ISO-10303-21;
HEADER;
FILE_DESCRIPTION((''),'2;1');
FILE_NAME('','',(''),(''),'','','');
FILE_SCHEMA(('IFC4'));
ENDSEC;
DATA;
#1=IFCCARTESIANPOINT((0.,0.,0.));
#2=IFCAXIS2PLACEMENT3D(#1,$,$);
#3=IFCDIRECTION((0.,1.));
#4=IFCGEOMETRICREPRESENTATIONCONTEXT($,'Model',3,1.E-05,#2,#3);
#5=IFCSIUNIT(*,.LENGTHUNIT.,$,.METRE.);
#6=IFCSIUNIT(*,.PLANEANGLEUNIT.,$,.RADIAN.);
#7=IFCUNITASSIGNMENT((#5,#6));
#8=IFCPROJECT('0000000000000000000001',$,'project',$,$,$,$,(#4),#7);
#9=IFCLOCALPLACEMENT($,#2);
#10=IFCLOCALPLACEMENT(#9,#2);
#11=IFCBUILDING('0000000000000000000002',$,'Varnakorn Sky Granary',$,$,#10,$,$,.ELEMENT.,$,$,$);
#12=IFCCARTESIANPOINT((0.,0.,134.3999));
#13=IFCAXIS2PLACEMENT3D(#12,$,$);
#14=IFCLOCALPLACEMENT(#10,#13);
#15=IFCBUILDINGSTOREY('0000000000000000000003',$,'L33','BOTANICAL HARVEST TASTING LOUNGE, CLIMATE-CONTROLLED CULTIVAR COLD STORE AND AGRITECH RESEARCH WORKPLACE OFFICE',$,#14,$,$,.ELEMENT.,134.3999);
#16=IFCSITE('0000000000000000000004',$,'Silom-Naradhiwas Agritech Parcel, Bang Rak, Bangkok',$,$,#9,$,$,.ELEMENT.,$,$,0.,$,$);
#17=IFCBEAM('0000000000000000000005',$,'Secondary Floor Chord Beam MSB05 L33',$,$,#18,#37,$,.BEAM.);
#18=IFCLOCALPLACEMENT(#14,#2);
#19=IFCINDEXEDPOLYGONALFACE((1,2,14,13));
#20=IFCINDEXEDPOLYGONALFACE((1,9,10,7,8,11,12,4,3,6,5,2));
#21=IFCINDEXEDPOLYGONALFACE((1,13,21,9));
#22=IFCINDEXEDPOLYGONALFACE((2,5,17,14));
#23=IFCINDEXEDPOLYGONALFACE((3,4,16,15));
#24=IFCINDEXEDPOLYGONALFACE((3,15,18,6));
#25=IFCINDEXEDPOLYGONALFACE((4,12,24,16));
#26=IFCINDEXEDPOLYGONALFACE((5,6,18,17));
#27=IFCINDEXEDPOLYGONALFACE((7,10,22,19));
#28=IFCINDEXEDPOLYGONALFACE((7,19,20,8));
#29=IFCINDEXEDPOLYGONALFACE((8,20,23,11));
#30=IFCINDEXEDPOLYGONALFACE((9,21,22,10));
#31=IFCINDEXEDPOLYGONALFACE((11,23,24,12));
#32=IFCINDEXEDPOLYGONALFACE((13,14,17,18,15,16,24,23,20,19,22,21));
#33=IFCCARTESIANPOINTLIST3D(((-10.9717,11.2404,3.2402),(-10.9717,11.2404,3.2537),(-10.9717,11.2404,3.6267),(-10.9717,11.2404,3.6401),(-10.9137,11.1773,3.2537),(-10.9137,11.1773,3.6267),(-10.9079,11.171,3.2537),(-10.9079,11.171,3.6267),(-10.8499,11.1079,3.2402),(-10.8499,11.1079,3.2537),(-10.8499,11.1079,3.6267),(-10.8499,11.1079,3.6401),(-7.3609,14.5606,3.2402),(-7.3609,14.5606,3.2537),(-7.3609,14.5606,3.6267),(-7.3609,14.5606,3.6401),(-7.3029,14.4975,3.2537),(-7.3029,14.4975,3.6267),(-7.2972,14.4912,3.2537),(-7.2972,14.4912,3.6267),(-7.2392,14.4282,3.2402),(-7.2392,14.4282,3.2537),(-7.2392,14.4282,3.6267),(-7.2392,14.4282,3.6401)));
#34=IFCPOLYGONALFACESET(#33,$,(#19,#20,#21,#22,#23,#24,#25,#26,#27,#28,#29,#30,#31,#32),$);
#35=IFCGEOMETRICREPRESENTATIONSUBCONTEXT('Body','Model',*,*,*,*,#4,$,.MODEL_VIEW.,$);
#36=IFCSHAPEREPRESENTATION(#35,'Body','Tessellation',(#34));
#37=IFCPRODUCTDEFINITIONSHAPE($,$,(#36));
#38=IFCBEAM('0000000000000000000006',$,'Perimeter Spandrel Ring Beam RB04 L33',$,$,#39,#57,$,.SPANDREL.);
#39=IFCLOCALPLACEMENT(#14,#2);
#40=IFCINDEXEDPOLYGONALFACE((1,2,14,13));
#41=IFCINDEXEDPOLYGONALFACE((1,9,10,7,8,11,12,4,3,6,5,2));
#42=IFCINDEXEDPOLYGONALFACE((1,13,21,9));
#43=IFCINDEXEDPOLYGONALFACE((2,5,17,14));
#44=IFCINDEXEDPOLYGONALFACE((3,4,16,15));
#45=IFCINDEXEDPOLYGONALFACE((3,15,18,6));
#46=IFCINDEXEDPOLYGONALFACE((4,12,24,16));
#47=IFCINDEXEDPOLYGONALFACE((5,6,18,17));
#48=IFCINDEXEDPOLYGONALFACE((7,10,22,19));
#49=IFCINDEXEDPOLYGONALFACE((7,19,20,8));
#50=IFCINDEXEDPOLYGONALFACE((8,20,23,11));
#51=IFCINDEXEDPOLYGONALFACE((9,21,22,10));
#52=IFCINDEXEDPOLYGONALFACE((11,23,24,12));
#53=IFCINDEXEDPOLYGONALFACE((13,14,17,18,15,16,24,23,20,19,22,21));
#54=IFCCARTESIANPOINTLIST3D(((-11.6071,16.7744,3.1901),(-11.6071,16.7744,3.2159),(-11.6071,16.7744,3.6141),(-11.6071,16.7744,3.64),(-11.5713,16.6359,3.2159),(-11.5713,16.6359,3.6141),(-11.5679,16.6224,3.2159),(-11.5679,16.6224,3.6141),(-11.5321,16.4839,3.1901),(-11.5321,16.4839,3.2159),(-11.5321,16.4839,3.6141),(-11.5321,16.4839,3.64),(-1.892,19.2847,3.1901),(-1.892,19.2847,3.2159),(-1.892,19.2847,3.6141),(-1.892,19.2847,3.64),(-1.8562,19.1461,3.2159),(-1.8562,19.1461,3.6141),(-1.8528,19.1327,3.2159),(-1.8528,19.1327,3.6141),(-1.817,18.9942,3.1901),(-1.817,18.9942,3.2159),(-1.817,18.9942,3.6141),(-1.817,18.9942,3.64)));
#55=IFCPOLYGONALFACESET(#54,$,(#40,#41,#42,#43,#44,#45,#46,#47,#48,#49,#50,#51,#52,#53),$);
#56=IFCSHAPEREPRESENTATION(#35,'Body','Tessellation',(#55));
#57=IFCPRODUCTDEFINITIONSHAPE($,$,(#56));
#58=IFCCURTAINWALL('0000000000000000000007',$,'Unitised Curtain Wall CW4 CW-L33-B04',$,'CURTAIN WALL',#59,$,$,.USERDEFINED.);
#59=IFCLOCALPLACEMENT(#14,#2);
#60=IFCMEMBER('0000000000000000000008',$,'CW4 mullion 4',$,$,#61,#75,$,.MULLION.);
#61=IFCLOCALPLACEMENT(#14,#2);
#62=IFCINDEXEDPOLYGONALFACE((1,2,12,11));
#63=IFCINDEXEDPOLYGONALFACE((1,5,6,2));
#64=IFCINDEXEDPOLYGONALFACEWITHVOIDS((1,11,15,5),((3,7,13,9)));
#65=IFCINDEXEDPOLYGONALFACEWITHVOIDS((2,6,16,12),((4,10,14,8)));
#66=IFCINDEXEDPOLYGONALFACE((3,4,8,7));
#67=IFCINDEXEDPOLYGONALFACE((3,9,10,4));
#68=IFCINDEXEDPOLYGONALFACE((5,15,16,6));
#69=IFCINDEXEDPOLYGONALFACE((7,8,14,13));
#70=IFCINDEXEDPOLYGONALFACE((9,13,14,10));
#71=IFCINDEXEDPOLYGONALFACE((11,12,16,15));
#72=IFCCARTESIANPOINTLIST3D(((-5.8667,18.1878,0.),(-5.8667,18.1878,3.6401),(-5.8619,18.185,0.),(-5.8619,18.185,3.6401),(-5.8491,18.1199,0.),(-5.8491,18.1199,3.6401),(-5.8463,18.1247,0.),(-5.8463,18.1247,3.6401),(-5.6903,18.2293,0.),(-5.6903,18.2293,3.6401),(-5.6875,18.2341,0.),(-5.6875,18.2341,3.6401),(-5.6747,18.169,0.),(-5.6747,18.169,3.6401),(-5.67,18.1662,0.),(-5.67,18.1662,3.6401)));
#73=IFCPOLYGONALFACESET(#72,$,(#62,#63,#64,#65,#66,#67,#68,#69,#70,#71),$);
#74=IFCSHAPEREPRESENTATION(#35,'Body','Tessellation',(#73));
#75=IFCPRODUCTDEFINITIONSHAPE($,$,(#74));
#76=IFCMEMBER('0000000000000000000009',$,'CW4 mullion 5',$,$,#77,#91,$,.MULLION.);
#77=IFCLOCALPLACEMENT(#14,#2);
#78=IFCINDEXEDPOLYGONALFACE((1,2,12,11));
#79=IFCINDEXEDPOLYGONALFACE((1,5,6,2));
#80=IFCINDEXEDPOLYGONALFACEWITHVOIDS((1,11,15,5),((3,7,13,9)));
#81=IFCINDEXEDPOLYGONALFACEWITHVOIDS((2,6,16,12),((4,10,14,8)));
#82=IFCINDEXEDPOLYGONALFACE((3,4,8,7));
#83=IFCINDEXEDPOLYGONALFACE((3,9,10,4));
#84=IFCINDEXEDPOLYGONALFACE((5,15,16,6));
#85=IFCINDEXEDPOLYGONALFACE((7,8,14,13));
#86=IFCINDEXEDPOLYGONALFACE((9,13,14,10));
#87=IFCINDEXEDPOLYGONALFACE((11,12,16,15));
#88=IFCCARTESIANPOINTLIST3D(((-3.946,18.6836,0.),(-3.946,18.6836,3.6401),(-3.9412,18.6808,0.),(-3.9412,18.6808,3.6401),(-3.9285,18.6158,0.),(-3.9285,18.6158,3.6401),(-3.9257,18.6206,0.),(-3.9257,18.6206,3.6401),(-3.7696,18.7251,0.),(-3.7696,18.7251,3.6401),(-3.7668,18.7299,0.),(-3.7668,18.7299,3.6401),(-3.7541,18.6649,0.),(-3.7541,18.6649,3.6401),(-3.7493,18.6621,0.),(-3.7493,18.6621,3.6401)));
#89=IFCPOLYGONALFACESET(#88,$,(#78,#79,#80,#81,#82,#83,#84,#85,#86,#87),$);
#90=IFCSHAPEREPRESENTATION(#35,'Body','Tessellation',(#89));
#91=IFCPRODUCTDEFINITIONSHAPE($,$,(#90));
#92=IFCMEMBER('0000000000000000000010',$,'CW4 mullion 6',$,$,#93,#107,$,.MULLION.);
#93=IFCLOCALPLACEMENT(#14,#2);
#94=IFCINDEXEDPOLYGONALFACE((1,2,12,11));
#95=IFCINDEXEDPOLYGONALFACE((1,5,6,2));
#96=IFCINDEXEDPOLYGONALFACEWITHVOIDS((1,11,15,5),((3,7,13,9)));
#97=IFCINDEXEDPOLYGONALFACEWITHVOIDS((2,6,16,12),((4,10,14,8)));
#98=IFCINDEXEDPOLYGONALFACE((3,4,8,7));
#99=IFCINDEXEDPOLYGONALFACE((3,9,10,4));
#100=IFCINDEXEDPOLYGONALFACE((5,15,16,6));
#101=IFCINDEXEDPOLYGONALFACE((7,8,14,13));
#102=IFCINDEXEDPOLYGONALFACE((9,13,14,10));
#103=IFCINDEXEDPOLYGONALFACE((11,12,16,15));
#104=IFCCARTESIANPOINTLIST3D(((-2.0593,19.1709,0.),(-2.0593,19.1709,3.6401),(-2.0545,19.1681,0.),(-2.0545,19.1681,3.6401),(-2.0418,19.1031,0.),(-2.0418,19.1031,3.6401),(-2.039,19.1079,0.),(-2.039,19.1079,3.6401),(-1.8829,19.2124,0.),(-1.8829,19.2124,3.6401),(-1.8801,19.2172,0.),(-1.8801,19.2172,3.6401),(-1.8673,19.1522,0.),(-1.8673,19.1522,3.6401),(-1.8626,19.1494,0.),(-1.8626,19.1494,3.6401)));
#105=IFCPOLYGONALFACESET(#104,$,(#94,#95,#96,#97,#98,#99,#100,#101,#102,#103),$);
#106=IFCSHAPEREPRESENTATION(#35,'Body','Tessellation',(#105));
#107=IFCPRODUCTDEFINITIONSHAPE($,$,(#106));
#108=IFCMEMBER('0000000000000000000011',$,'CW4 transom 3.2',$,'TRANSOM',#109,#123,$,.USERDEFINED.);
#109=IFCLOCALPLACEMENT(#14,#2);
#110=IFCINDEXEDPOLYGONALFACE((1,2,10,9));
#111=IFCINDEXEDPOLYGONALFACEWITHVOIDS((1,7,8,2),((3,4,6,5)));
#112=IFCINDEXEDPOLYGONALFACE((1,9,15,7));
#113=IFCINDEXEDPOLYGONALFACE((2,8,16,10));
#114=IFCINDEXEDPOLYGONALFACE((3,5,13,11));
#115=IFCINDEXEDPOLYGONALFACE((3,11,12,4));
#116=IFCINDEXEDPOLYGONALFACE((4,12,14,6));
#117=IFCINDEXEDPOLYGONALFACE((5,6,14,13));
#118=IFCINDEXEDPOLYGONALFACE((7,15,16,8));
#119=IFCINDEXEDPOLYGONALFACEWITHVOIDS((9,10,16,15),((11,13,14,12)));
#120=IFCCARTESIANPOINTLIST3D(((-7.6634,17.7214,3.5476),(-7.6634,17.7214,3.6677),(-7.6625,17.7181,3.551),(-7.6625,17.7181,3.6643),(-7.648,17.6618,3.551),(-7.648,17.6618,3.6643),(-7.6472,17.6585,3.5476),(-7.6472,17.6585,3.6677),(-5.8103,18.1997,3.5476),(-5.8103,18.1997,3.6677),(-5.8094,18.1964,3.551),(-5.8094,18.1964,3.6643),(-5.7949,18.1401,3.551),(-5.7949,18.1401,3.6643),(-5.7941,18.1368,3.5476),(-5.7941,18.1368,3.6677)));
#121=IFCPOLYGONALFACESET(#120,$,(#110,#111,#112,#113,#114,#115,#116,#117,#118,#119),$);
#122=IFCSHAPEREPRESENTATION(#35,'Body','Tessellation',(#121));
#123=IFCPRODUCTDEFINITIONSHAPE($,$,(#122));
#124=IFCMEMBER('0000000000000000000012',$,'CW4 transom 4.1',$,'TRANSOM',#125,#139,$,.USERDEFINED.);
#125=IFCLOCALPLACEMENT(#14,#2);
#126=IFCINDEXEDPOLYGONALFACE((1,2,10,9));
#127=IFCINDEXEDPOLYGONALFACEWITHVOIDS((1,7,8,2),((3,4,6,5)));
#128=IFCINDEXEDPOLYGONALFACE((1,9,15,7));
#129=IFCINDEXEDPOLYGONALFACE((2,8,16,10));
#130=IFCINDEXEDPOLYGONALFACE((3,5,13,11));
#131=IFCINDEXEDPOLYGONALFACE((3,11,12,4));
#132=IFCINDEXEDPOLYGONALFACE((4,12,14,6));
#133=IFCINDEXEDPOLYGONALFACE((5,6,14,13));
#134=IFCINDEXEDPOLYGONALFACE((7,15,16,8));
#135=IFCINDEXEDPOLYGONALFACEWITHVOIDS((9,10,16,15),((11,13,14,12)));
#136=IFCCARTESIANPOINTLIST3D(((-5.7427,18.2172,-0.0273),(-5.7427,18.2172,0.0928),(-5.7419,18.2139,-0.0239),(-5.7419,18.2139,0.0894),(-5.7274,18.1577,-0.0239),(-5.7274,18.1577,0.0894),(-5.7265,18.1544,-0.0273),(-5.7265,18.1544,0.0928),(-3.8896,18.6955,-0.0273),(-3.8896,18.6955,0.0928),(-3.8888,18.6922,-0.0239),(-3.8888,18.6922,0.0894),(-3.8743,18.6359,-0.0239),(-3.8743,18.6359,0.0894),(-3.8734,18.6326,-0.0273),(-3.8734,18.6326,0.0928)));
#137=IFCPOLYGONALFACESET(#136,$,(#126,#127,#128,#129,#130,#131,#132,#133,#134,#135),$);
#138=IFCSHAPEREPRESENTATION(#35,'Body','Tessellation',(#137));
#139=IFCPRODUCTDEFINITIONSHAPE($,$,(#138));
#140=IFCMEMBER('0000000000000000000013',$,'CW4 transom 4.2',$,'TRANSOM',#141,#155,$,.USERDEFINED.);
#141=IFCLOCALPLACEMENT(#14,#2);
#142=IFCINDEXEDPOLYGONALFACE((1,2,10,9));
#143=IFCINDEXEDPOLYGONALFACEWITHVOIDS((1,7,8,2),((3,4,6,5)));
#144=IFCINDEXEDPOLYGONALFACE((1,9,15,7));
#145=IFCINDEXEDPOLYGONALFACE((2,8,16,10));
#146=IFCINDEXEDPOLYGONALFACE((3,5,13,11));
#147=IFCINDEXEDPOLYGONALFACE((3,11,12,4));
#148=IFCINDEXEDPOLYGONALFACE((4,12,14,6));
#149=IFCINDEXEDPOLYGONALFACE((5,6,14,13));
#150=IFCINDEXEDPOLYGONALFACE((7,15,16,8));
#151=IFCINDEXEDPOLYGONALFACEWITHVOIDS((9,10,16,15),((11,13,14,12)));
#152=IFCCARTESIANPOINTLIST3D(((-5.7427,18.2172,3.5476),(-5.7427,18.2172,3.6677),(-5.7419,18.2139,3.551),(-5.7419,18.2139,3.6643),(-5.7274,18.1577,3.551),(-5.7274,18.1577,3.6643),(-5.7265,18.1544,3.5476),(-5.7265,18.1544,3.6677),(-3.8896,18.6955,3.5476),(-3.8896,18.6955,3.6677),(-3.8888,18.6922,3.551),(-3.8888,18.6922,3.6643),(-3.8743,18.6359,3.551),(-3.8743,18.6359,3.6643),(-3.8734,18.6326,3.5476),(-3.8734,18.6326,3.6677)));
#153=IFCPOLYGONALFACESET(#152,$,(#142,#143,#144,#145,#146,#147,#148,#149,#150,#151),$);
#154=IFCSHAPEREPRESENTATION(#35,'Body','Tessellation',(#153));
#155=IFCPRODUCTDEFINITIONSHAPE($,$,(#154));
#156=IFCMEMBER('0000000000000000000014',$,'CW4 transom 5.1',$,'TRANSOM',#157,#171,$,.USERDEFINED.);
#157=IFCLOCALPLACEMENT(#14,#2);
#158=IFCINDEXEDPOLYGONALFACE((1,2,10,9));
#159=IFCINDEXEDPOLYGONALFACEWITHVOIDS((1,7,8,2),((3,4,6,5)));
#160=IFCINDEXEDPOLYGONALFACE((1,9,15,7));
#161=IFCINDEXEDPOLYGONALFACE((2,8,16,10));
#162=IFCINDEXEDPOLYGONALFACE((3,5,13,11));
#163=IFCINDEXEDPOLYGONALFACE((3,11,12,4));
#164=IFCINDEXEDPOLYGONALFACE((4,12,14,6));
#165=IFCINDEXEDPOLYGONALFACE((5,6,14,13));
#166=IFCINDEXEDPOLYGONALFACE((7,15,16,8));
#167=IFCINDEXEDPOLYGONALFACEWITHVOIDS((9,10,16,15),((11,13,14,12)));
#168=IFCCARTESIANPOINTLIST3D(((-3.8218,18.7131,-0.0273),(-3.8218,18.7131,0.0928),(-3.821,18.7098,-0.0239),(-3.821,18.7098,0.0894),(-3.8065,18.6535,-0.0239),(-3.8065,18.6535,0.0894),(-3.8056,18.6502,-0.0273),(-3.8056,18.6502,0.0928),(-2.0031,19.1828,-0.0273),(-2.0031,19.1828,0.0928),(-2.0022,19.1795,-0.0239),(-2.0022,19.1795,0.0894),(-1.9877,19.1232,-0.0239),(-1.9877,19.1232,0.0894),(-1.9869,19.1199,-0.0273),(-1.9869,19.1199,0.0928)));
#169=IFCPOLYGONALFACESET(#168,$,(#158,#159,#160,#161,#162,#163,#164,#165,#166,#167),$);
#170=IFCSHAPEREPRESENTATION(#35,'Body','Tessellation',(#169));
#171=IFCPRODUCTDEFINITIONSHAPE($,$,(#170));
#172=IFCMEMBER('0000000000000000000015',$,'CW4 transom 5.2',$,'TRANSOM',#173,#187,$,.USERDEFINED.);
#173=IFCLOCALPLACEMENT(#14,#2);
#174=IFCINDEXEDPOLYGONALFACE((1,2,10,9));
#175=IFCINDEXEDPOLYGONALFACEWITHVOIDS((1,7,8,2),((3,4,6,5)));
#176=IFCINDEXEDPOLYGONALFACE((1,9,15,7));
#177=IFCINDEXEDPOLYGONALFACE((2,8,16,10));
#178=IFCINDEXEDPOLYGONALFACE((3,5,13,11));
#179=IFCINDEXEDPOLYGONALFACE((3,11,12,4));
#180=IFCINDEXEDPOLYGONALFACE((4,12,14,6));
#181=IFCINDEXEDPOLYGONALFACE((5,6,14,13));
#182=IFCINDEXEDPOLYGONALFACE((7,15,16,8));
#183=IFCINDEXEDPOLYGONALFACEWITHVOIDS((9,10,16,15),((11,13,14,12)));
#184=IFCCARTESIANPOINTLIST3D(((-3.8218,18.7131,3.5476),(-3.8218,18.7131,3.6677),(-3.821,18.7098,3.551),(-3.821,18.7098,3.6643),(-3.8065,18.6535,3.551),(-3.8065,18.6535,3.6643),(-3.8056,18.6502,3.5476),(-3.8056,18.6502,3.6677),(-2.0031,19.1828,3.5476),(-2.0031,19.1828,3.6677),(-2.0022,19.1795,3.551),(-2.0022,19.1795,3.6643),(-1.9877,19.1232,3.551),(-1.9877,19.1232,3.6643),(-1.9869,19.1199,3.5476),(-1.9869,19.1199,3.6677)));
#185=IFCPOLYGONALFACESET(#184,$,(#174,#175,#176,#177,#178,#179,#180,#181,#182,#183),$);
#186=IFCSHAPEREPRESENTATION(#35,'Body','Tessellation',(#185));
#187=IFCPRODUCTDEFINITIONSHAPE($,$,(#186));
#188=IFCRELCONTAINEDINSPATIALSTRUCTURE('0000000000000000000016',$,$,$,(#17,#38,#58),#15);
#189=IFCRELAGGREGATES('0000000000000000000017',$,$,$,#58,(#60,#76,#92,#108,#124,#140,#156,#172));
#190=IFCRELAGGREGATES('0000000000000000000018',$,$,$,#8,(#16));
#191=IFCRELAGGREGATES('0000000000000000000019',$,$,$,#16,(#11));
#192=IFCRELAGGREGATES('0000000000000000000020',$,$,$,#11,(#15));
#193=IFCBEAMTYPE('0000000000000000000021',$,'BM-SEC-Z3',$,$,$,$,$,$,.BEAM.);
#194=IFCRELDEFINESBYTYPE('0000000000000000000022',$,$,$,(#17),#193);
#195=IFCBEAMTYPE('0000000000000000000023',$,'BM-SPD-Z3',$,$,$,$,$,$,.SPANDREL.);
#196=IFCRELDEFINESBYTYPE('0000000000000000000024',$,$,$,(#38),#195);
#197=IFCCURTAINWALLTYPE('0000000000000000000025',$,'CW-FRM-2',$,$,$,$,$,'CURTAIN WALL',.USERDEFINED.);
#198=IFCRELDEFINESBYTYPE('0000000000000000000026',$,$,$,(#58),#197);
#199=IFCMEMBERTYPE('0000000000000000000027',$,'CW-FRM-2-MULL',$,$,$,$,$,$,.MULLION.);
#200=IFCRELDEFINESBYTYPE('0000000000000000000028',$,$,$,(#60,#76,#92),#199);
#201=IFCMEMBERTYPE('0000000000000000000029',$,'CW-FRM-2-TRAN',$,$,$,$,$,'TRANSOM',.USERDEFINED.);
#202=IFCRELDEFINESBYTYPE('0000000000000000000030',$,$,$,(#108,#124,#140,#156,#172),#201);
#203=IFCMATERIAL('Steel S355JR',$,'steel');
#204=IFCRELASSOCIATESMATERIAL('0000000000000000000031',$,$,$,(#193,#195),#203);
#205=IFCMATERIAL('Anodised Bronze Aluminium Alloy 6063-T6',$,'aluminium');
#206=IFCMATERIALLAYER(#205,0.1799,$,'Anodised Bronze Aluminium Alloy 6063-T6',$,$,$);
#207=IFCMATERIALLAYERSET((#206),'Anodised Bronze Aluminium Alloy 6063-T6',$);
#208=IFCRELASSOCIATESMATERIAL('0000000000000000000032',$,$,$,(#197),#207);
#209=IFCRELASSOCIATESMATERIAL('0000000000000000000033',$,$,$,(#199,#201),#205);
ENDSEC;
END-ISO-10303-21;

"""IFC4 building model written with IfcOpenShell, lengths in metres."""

from ifc_helpers import new_model, si_unit, direction, frame, origin, origin_2d, place, context, subcontext, project, spatial, hollow_rectangle, i_section, extrude, material, layer, layer_set, material_profile, profile_set, type_object, element, aggregate, save


model = new_model("IFC4")

# Units and contexts
model_context = context("Model", 3, precision=1e-05, world=origin(), true_north=direction((0.0, 1.0)))
body_context = subcontext(model_context, "Body", "Model", "MODEL_VIEW")
ifc_project = project(units=[si_unit("LENGTHUNIT", "METRE"), si_unit("PLANEANGLEUNIT", "RADIAN")], contexts=[model_context])

# Site, building, storey
site_placement = place(None, origin())
site = spatial("IfcSite", under=ifc_project, at=site_placement, Name="Silom-Naradhiwas Agritech Parcel, Bang Rak, Bangkok", CompositionType="ELEMENT", RefElevation=0.0)
building_placement = place(site_placement, origin())
building = spatial("IfcBuilding", under=site, at=building_placement, Name="Varnakorn Sky Granary", CompositionType="ELEMENT")
storey_placement = place(building_placement, frame((0.0, 0.0, 134.3999)))
storey = spatial("IfcBuildingStorey", under=building, at=storey_placement, Name="L33", Description="BOTANICAL HARVEST TASTING LOUNGE, CLIMATE-CONTROLLED CULTIVAR COLD STORE AND AGRITECH RESEARCH WORKPLACE OFFICE", CompositionType="ELEMENT", Elevation=134.3999)

# Beams
ifc_material_1 = material(Name="Steel S355JR", Category="steel")
ifc_material_profile_1 = material_profile(ifc_material_1, i_section(OverallWidth=0.1799, OverallDepth=0.3999, WebThickness=0.0085, FlangeThickness=0.0134, at=origin_2d()), Name="IPE 400")
ifc_profile_set_1 = profile_set([ifc_material_profile_1], Name="Steel S355JR")
beam_type_1 = type_object("IfcBeamType", Name="BM-SEC-Z3", PredefinedType="BEAM", material=ifc_profile_set_1)
beam_1_placement = place(storey_placement, frame((-7.3, 14.4944, 3.4402), z_axis=(-0.7361, -0.676873, 0.0), x_axis=(0.676873, -0.7361, 0.0)))
element("IfcBeam", 1, at=beam_1_placement, inside=storey, type_object=beam_type_1, Name="Secondary Floor Chord Beam MSB05 L33", PredefinedType="BEAM", context=body_context, shape_type="SweptSolid", body=[
    extrude(i_section(OverallWidth=0.1799, OverallDepth=0.3999, WebThickness=0.0085, FlangeThickness=0.0134, at=origin_2d()), origin(), (0.0, 0.0, 1.0), 4.9053),
])
ifc_material_profile_2 = material_profile(ifc_material_1, i_section(OverallWidth=0.3, OverallDepth=0.45, WebThickness=0.0139, FlangeThickness=0.0259, at=origin_2d()), Name="HE 450 B")
ifc_profile_set_2 = profile_set([ifc_material_profile_2], Name="Steel S355JR")
beam_type_2 = type_object("IfcBeamType", Name="BM-SPD-Z3", PredefinedType="SPANDREL", material=ifc_profile_set_2)
beam_2_placement = place(storey_placement, frame((-1.8545, 19.1394, 3.415), z_axis=(-0.968202, -0.250171, 0.0), x_axis=(0.250171, -0.968202, 0.0)))
element("IfcBeam", 2, at=beam_2_placement, inside=storey, type_object=beam_type_2, Name="Perimeter Spandrel Ring Beam RB04 L33", PredefinedType="SPANDREL", context=body_context, shape_type="SweptSolid", body=[
    extrude(i_section(OverallWidth=0.3, OverallDepth=0.45, WebThickness=0.0139, FlangeThickness=0.0259, at=origin_2d()), origin(), (0.0, 0.0, 1.0), 10.0342),
])

# Curtain wall, members
ifc_material_2 = material(Name="Anodised Bronze Aluminium Alloy 6063-T6", Category="aluminium")
ifc_layer_1 = layer(ifc_material_2, 0.1799, Name="Anodised Bronze Aluminium Alloy 6063-T6")
ifc_layer_set_1 = layer_set([ifc_layer_1], Name="Anodised Bronze Aluminium Alloy 6063-T6")
curtain_wall_type = type_object("IfcCurtainWallType", Name="CW-FRM-2", ElementType="CURTAIN WALL", PredefinedType="USERDEFINED", material=ifc_layer_set_1)
curtain_wall_placement = place(storey_placement, origin())
curtain_wall = element("IfcCurtainWall", 3, at=curtain_wall_placement, inside=storey, type_object=curtain_wall_type, Name="Unitised Curtain Wall CW4 CW-L33-B04", ObjectType="CURTAIN WALL", PredefinedType="USERDEFINED")
ifc_material_profile_3 = material_profile(ifc_material_2, hollow_rectangle(XDim=0.0701, YDim=0.1851, WallThickness=0.0039, at=origin_2d()), Name="ALU MULL 70x185")
ifc_profile_set_3 = profile_set([ifc_material_profile_3], Name="Anodised Bronze Aluminium Alloy 6063-T6")
member_type_1 = type_object("IfcMemberType", Name="CW-FRM-2-MULL", PredefinedType="MULLION", material=ifc_profile_set_3)
member_1_placement = place(storey_placement, frame((-5.7683, 18.177, 0.0), z_axis=(0.0, 0.0, 1.0), x_axis=(-0.24998, 0.968251, 0.0)))
member_1 = element("IfcMember", 4, at=member_1_placement, type_object=member_type_1, Name="CW4 mullion 4", PredefinedType="MULLION", context=body_context, shape_type="SweptSolid", body=[
    extrude(hollow_rectangle(XDim=0.0701, YDim=0.1851, WallThickness=0.0039, at=origin_2d()), origin(), (0.0, 0.0, 1.0), 3.6401),
])
member_2_placement = place(storey_placement, frame((-3.8477, 18.6729, 0.0), z_axis=(0.0, 0.0, 1.0), x_axis=(-0.24998, 0.968251, 0.0)))
member_2 = element("IfcMember", 5, at=member_2_placement, type_object=member_type_1, Name="CW4 mullion 5", PredefinedType="MULLION", context=body_context, shape_type="SweptSolid", body=[
    extrude(hollow_rectangle(XDim=0.0701, YDim=0.1851, WallThickness=0.0039, at=origin_2d()), origin(), (0.0, 0.0, 1.0), 3.6401),
])
member_3_placement = place(storey_placement, frame((-1.9609, 19.1602, 0.0), z_axis=(0.0, 0.0, 1.0), x_axis=(-0.24998, 0.968251, 0.0)))
member_3 = element("IfcMember", 6, at=member_3_placement, type_object=member_type_1, Name="CW4 mullion 6", PredefinedType="MULLION", context=body_context, shape_type="SweptSolid", body=[
    extrude(hollow_rectangle(XDim=0.0701, YDim=0.1851, WallThickness=0.0039, at=origin_2d()), origin(), (0.0, 0.0, 1.0), 3.6401),
])
ifc_material_profile_4 = material_profile(ifc_material_2, hollow_rectangle(XDim=0.0649, YDim=0.1201, WallThickness=0.0034, at=origin_2d()), Name="ALU TRAN 65x120")
ifc_profile_set_4 = profile_set([ifc_material_profile_4], Name="Anodised Bronze Aluminium Alloy 6063-T6")
member_type_2 = type_object("IfcMemberType", Name="CW-FRM-2-TRAN", ElementType="TRANSOM", PredefinedType="USERDEFINED", material=ifc_profile_set_4)
member_4_placement = place(storey_placement, frame((-7.6553, 17.6899, 3.6077), z_axis=(0.968268, 0.249913, 0.0), x_axis=(-0.249913, 0.968268, 0.0)))
member_4 = element("IfcMember", 7, at=member_4_placement, type_object=member_type_2, Name="CW4 transom 3.2", ObjectType="TRANSOM", PredefinedType="USERDEFINED", context=body_context, shape_type="SweptSolid", body=[
    extrude(hollow_rectangle(XDim=0.0649, YDim=0.1201, WallThickness=0.0034, at=origin_2d()), origin(), (0.0, 0.0, 1.0), 1.9138),
])
member_5_placement = place(storey_placement, frame((-5.7346, 18.1858, 0.0327), z_axis=(0.968268, 0.249913, 0.0), x_axis=(-0.249913, 0.968268, 0.0)))
member_5 = element("IfcMember", 8, at=member_5_placement, type_object=member_type_2, Name="CW4 transom 4.1", ObjectType="TRANSOM", PredefinedType="USERDEFINED", context=body_context, shape_type="SweptSolid", body=[
    extrude(hollow_rectangle(XDim=0.0649, YDim=0.1201, WallThickness=0.0034, at=origin_2d()), origin(), (0.0, 0.0, 1.0), 1.9138),
])
member_6_placement = place(storey_placement, frame((-5.7346, 18.1858, 3.6077), z_axis=(0.968268, 0.249913, 0.0), x_axis=(-0.249913, 0.968268, 0.0)))
member_6 = element("IfcMember", 9, at=member_6_placement, type_object=member_type_2, Name="CW4 transom 4.2", ObjectType="TRANSOM", PredefinedType="USERDEFINED", context=body_context, shape_type="SweptSolid", body=[
    extrude(hollow_rectangle(XDim=0.0649, YDim=0.1201, WallThickness=0.0034, at=origin_2d()), origin(), (0.0, 0.0, 1.0), 1.9138),
])
member_7_placement = place(storey_placement, frame((-3.8137, 18.6816, 0.0327), z_axis=(0.968233, 0.250051, 0.0), x_axis=(-0.250051, 0.968233, 0.0)))
member_7 = element("IfcMember", 10, at=member_7_placement, type_object=member_type_2, Name="CW4 transom 5.1", ObjectType="TRANSOM", PredefinedType="USERDEFINED", context=body_context, shape_type="SweptSolid", body=[
    extrude(hollow_rectangle(XDim=0.0649, YDim=0.1201, WallThickness=0.0034, at=origin_2d()), origin(), (0.0, 0.0, 1.0), 1.8784),
])
member_8_placement = place(storey_placement, frame((-3.8137, 18.6816, 3.6077), z_axis=(0.968233, 0.250051, 0.0), x_axis=(-0.250051, 0.968233, 0.0)))
member_8 = element("IfcMember", 11, at=member_8_placement, type_object=member_type_2, Name="CW4 transom 5.2", ObjectType="TRANSOM", PredefinedType="USERDEFINED", context=body_context, shape_type="SweptSolid", body=[
    extrude(hollow_rectangle(XDim=0.0649, YDim=0.1201, WallThickness=0.0034, at=origin_2d()), origin(), (0.0, 0.0, 1.0), 1.8784),
])
aggregate(curtain_wall, [member_1, member_2, member_3, member_4, member_5, member_6, member_7, member_8])

save(model, "model.ifc")
